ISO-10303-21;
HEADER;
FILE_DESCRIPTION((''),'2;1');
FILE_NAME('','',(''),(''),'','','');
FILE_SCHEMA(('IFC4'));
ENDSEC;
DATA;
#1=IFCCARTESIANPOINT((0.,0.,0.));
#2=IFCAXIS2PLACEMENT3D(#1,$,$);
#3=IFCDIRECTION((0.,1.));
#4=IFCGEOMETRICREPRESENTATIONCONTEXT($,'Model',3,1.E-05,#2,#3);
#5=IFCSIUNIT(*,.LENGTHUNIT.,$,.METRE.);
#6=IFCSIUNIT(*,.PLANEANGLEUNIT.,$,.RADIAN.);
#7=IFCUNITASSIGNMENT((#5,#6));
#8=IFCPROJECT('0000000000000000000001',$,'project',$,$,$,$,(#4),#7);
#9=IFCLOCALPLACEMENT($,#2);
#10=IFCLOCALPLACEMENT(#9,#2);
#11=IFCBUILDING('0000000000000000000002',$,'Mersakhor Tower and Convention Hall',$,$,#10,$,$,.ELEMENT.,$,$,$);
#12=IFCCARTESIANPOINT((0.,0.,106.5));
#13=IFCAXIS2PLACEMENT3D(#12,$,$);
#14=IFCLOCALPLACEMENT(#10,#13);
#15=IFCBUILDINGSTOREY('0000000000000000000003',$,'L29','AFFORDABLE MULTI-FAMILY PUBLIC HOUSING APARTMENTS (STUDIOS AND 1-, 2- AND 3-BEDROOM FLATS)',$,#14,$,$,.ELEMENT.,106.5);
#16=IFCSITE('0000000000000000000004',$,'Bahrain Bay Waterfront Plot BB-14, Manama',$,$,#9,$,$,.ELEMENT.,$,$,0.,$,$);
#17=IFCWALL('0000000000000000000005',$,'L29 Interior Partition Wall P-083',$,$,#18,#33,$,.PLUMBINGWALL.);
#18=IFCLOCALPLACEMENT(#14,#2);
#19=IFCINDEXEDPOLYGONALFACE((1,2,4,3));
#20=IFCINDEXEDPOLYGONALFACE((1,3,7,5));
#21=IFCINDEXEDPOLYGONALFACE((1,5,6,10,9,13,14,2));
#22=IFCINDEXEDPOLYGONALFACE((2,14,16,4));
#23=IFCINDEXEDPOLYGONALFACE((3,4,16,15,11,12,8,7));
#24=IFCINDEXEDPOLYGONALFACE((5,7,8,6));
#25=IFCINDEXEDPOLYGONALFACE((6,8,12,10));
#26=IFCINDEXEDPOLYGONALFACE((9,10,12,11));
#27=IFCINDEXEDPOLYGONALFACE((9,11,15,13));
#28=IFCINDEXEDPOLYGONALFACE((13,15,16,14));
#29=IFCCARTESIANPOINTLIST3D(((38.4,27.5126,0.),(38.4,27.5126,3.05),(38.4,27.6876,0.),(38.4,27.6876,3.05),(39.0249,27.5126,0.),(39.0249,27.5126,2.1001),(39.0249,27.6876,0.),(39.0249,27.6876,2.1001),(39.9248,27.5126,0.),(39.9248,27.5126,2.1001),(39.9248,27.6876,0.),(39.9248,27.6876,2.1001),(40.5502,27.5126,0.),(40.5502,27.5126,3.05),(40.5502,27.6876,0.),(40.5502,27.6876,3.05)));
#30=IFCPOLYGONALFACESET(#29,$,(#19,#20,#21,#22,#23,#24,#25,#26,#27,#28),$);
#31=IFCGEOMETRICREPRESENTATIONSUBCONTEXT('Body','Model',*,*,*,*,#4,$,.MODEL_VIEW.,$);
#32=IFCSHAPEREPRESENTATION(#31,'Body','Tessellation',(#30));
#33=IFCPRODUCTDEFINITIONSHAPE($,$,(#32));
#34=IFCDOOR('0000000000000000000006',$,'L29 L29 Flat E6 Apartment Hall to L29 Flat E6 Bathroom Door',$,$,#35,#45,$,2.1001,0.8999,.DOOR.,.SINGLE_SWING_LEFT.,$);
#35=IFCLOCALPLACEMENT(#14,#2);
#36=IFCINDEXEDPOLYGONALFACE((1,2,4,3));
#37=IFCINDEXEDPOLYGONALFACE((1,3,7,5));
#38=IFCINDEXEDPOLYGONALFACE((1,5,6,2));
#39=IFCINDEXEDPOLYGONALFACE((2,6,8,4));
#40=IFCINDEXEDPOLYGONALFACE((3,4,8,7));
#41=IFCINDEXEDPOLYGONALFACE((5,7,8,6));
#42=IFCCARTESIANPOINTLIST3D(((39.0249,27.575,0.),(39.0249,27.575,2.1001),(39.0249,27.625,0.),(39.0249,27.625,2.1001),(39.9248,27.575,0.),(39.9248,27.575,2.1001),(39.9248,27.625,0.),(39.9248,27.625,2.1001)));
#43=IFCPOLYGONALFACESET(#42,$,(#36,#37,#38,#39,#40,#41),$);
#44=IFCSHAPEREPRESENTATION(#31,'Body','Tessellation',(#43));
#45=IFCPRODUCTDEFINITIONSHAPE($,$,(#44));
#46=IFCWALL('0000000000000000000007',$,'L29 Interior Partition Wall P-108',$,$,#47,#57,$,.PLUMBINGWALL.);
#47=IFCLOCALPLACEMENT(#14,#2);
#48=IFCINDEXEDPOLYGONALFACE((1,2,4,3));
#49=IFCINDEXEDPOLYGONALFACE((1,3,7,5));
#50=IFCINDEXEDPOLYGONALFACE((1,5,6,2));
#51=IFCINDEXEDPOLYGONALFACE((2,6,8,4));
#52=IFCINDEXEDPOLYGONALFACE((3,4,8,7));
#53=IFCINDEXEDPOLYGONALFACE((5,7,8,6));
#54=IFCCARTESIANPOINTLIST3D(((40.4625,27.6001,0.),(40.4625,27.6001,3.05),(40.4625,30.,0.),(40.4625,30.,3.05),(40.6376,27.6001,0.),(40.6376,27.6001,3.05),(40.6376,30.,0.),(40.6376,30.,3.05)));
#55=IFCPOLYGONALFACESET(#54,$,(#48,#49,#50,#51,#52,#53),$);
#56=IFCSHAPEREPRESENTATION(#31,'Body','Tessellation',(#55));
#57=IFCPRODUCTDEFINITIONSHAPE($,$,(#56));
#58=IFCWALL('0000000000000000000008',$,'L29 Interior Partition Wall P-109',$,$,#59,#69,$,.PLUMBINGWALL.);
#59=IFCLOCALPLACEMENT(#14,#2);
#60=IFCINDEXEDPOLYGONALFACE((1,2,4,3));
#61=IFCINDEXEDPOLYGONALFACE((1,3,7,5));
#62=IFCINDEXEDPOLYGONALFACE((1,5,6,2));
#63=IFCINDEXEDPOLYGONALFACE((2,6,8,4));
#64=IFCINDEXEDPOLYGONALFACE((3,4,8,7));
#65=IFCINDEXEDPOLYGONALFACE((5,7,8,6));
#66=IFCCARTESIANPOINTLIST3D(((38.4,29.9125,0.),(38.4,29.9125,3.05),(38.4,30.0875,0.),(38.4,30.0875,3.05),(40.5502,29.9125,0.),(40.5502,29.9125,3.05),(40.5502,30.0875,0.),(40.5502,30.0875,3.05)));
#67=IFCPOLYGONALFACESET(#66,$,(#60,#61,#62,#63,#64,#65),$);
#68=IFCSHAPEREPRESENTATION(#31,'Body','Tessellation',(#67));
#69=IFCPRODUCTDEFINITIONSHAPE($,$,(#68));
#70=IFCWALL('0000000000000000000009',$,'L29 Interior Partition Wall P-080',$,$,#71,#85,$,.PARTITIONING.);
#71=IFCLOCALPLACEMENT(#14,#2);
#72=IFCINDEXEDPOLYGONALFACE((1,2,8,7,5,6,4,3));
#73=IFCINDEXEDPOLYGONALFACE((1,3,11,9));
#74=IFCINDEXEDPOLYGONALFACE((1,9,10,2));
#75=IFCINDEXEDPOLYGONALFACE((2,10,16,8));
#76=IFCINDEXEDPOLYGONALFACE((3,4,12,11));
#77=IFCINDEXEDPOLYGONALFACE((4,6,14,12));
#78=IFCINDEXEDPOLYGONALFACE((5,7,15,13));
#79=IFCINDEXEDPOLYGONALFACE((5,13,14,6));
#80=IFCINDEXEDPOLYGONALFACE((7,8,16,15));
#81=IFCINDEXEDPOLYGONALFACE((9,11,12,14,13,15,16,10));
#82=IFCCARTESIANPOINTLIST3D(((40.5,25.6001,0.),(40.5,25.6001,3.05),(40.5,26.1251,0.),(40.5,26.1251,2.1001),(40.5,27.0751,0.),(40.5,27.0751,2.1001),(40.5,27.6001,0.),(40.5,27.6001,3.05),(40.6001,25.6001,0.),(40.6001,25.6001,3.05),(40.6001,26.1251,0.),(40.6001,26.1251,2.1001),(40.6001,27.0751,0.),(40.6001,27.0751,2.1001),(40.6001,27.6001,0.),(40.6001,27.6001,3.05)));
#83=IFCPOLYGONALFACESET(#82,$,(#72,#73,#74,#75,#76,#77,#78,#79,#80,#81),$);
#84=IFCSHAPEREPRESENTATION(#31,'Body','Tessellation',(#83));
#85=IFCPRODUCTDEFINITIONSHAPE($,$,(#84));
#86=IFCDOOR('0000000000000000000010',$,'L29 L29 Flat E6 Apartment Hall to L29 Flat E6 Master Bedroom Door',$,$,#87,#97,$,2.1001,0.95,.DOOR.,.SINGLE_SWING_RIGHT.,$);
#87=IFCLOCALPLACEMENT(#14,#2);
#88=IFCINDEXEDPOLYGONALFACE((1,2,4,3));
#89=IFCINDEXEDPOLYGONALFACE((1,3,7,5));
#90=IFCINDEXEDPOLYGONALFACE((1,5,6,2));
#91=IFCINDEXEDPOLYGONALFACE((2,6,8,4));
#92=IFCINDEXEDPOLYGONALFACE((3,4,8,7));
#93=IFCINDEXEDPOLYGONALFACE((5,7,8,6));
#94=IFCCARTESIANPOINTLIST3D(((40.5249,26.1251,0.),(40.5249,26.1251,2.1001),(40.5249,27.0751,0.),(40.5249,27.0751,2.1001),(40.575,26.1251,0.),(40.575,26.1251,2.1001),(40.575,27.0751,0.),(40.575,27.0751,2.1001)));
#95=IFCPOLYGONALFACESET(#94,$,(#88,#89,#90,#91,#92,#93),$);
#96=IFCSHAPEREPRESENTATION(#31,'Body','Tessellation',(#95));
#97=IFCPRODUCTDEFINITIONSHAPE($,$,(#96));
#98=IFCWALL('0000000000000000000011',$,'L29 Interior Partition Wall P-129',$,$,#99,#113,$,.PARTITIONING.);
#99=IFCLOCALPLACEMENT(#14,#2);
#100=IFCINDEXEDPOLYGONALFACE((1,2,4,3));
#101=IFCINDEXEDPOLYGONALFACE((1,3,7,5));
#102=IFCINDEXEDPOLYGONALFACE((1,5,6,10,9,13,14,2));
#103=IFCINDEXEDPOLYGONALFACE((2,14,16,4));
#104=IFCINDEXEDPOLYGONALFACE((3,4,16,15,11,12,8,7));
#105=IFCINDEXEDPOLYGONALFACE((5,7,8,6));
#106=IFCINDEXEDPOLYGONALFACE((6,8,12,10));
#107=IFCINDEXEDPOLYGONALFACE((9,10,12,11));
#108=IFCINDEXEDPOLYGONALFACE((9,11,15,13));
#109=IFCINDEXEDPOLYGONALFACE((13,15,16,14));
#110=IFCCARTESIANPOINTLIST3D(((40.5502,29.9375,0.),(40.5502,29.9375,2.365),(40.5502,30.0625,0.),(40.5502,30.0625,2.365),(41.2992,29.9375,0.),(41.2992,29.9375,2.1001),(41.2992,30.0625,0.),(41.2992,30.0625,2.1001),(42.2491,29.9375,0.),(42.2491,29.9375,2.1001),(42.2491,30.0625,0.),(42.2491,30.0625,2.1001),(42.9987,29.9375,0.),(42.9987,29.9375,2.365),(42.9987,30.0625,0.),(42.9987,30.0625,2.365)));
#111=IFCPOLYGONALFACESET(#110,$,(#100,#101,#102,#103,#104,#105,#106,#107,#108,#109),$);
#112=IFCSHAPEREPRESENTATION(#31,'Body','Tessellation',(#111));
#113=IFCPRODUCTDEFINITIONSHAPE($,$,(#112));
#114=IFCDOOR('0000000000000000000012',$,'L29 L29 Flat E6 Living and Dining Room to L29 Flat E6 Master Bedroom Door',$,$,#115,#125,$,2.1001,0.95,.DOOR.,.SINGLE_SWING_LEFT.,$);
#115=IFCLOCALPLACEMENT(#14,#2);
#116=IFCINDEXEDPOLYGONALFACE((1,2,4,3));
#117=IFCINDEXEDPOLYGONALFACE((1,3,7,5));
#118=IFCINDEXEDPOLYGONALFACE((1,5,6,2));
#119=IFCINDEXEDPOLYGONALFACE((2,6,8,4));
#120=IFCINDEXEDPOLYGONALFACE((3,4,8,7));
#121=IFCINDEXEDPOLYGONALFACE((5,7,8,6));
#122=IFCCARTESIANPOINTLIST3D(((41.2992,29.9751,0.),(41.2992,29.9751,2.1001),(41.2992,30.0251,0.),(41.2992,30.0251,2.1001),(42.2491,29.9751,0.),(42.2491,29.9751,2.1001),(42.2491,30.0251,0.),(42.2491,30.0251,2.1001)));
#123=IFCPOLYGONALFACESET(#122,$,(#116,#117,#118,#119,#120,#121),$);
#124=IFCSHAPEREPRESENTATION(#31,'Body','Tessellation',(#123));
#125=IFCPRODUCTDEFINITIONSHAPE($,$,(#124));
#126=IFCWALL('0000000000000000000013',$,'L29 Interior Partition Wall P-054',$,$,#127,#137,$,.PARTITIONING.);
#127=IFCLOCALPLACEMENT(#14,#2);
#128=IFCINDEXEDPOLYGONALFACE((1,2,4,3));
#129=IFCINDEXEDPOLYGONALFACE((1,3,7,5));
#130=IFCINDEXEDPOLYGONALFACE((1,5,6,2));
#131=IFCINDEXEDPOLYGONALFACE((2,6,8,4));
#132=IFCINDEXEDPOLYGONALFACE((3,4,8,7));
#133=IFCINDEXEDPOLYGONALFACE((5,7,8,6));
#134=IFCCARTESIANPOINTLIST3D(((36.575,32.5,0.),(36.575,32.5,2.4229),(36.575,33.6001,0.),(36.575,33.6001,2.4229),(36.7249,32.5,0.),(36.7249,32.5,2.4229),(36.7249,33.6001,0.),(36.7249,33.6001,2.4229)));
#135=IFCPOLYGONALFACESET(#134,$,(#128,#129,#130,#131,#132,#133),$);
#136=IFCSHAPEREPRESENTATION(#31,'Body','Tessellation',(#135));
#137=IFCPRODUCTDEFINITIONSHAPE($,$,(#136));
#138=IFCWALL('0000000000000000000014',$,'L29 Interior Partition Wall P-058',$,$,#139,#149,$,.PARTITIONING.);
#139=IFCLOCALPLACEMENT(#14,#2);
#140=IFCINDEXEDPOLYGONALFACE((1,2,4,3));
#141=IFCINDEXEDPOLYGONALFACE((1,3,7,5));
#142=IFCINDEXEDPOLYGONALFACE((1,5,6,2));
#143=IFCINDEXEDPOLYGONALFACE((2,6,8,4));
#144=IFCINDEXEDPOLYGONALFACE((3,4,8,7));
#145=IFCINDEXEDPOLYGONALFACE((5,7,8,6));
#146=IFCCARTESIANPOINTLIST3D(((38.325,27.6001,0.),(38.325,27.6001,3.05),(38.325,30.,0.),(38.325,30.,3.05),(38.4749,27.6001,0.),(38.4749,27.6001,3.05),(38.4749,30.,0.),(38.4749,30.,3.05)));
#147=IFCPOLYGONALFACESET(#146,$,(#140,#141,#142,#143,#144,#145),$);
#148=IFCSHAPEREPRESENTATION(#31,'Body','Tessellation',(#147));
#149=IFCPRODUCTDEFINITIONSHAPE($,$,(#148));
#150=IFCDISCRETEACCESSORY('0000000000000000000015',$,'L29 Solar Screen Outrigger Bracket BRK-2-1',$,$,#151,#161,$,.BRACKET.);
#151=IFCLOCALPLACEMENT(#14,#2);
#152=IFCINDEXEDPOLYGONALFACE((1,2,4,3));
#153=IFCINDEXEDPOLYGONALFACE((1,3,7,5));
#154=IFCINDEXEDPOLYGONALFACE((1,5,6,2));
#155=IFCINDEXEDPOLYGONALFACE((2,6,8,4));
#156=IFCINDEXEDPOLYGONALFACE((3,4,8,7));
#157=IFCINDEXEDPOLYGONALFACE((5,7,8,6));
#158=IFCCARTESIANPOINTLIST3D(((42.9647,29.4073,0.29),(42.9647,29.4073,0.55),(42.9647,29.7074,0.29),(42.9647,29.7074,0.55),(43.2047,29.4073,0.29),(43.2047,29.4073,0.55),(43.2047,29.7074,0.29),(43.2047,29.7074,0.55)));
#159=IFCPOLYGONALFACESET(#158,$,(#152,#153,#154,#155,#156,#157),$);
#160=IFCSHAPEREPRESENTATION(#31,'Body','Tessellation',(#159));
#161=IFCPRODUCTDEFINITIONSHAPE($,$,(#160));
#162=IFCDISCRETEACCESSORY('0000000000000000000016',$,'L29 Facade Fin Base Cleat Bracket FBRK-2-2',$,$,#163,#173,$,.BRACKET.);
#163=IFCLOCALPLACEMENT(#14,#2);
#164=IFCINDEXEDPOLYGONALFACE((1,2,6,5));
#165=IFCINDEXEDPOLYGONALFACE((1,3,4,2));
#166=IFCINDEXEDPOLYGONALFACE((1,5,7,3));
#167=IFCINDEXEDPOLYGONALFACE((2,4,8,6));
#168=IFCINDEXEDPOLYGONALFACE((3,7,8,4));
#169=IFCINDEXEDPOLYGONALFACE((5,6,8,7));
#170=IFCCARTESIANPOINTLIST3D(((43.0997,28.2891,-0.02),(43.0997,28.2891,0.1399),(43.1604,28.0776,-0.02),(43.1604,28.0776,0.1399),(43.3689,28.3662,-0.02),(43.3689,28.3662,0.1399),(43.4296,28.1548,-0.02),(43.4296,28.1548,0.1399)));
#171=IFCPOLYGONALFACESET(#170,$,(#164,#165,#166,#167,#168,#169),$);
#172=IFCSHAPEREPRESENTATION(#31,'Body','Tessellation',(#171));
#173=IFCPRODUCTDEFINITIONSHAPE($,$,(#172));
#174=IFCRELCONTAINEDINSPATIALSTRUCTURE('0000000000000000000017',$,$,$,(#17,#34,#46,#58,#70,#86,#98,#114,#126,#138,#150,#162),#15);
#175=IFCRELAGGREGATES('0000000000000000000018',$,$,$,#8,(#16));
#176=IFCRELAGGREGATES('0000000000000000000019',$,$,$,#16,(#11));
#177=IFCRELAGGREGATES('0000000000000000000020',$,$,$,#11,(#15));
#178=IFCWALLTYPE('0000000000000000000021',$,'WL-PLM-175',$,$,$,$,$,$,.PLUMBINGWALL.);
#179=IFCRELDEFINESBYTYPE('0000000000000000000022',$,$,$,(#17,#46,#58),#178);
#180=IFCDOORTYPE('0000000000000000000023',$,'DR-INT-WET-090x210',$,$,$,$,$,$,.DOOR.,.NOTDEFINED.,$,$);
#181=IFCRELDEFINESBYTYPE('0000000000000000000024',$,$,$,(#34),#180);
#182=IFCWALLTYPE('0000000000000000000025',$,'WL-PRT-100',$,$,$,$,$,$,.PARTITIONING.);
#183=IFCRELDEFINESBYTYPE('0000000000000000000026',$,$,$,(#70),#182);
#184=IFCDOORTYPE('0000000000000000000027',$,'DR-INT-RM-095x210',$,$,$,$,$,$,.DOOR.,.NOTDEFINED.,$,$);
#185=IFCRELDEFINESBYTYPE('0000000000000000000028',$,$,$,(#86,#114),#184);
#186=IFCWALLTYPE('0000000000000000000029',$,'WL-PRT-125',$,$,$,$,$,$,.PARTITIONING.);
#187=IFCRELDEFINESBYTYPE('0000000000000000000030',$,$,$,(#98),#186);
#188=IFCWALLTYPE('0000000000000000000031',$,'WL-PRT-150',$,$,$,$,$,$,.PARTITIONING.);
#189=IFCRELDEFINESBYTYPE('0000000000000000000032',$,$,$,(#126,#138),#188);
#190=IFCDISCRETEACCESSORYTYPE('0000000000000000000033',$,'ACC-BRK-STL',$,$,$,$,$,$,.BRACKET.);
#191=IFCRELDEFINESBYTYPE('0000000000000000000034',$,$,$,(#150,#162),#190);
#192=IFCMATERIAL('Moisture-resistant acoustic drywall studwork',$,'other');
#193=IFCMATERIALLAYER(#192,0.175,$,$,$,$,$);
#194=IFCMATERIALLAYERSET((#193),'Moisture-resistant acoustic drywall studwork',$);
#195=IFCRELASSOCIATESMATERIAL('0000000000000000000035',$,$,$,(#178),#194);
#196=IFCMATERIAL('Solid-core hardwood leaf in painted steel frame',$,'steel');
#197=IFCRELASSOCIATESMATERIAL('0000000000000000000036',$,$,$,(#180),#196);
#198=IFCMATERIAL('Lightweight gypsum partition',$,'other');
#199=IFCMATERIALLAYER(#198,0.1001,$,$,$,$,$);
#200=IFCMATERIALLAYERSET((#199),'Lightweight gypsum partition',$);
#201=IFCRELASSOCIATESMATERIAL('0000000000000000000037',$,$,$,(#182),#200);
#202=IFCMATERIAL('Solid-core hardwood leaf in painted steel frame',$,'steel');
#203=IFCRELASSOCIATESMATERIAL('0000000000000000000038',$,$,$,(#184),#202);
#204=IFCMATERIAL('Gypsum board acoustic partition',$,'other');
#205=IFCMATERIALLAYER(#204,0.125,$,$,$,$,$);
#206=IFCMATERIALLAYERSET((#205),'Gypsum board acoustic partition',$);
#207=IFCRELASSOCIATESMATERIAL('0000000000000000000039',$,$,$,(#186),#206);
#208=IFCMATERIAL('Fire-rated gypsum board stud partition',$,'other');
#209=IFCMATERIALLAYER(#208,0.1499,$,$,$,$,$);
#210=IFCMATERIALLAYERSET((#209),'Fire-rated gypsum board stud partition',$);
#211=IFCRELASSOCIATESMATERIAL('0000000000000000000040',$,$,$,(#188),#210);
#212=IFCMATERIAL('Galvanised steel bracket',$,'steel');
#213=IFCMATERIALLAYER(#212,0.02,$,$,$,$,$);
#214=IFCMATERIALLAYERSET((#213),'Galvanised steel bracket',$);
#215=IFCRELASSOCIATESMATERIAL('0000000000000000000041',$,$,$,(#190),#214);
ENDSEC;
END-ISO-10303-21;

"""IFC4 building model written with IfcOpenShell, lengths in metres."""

from ifc_helpers import new_model, si_unit, direction, frame, frame_2d, origin, origin_2d, place, context, subcontext, project, spatial, rectangle, extrude, material, layer, layer_set, type_object, element, fill, save


model = new_model("IFC4")

# Units and contexts
model_context = context("Model", 3, precision=1e-05, world=origin(), true_north=direction((0.0, 1.0)))
body_context = subcontext(model_context, "Body", "Model", "MODEL_VIEW")
ifc_project = project(units=[si_unit("LENGTHUNIT", "METRE"), si_unit("PLANEANGLEUNIT", "RADIAN")], contexts=[model_context])

# Site, building, storey
site_placement = place(None, origin())
site = spatial("IfcSite", under=ifc_project, at=site_placement, Name="Bahrain Bay Waterfront Plot BB-14, Manama", CompositionType="ELEMENT", RefElevation=0.0)
building_placement = place(site_placement, origin())
building = spatial("IfcBuilding", under=site, at=building_placement, Name="Mersakhor Tower and Convention Hall", CompositionType="ELEMENT")
storey_placement = place(building_placement, frame((0.0, 0.0, 106.5)))
storey = spatial("IfcBuildingStorey", under=building, at=storey_placement, Name="L29", Description="AFFORDABLE MULTI-FAMILY PUBLIC HOUSING APARTMENTS (STUDIOS AND 1-, 2- AND 3-BEDROOM FLATS)", CompositionType="ELEMENT", Elevation=106.5)

# Wall, opening, door
ifc_material_1 = material(Name="Moisture-resistant acoustic drywall studwork", Category="other")
ifc_layer_1 = layer(ifc_material_1, 0.175)
ifc_layer_set_1 = layer_set([ifc_layer_1], Name="Moisture-resistant acoustic drywall studwork")
wall_type_1 = type_object("IfcWallType", Name="WL-PLM-175", PredefinedType="PLUMBINGWALL", material=ifc_layer_set_1)
wall_1_placement = place(storey_placement, frame((38.3999, 27.6001, 0.0), z_axis=(0.0, 0.0, 1.0), x_axis=(1.0, 0.0, 0.0)))
wall_1 = element("IfcWall", 1, at=wall_1_placement, inside=storey, type_object=wall_type_1, Name="L29 Interior Partition Wall P-083", PredefinedType="PLUMBINGWALL", context=body_context, shape_type="SweptSolid", body=[
    extrude(rectangle(XDim=2.1501, YDim=0.175, at=frame_2d((1.0752, 0.0))), origin(), (0.0, 0.0, 1.0), 3.05),
])
opening_1_placement = place(wall_1_placement, frame((0.625, 0.0, 0.0)))
opening_1 = element("IfcOpeningElement", 2, at=opening_1_placement, cuts=wall_1, PredefinedType="OPENING", context=body_context, shape_type="SweptSolid", body=[
    extrude(rectangle(XDim=0.8999, YDim=2.1001, at=frame_2d((0.45, 1.05))), frame((0.0, 0.0974, 0.0), z_axis=(0.0, -1.0, 0.0), x_axis=(1.0, 0.0, 0.0)), (0.0, 0.0, 1.0), 0.1951),
])
ifc_material_2 = material(Name="Solid-core hardwood leaf in painted steel frame", Category="steel")
door_type_1 = type_object("IfcDoorType", Name="DR-INT-WET-090x210", OperationType="NOTDEFINED", PredefinedType="DOOR", material=ifc_material_2)
door_1_placement = place(opening_1_placement, origin())
door_1 = element("IfcDoor", 3, at=door_1_placement, inside=storey, type_object=door_type_1, Name="L29 L29 Flat E6 Apartment Hall to L29 Flat E6 Bathroom Door", OperationType="SINGLE_SWING_LEFT", OverallHeight=2.1001, OverallWidth=0.8999, PredefinedType="DOOR", context=body_context, shape_type="SweptSolid", body=[
    extrude(rectangle(XDim=0.8999, YDim=2.1001, at=frame_2d((0.45, 1.05))), frame((0.0, 0.0249, 0.0), z_axis=(0.0, -1.0, 0.0), x_axis=(1.0, 0.0, 0.0)), (0.0, 0.0, 1.0), 0.05),
])
fill(opening_1, door_1)

# Walls
wall_2_placement = place(storey_placement, frame((40.55, 30.0, 0.0), z_axis=(0.0, 0.0, 1.0), x_axis=(0.0, -1.0, 0.0)))
element("IfcWall", 4, at=wall_2_placement, inside=storey, type_object=wall_type_1, Name="L29 Interior Partition Wall P-108", PredefinedType="PLUMBINGWALL", context=body_context, shape_type="SweptSolid", body=[
    extrude(rectangle(XDim=2.3999, YDim=0.175, at=frame_2d((1.2, 0.0))), origin(), (0.0, 0.0, 1.0), 3.05),
])
wall_3_placement = place(storey_placement, frame((38.3999, 30.0, 0.0), z_axis=(0.0, 0.0, 1.0), x_axis=(1.0, 0.0, 0.0)))
element("IfcWall", 5, at=wall_3_placement, inside=storey, type_object=wall_type_1, Name="L29 Interior Partition Wall P-109", PredefinedType="PLUMBINGWALL", context=body_context, shape_type="SweptSolid", body=[
    extrude(rectangle(XDim=2.1501, YDim=0.175, at=frame_2d((1.0752, 0.0))), origin(), (0.0, 0.0, 1.0), 3.05),
])

# Walls, openings, doors
ifc_material_3 = material(Name="Lightweight gypsum partition", Category="other")
ifc_layer_2 = layer(ifc_material_3, 0.1001)
ifc_layer_set_2 = layer_set([ifc_layer_2], Name="Lightweight gypsum partition")
wall_type_2 = type_object("IfcWallType", Name="WL-PRT-100", PredefinedType="PARTITIONING", material=ifc_layer_set_2)
wall_4_placement = place(storey_placement, frame((40.55, 27.6001, 0.0), z_axis=(0.0, 0.0, 1.0), x_axis=(0.0, -1.0, 0.0)))
wall_4 = element("IfcWall", 6, at=wall_4_placement, inside=storey, type_object=wall_type_2, Name="L29 Interior Partition Wall P-080", PredefinedType="PARTITIONING", context=body_context, shape_type="SweptSolid", body=[
    extrude(rectangle(XDim=2.0, YDim=0.1001, at=frame_2d((1.0, 0.0))), origin(), (0.0, 0.0, 1.0), 3.05),
])
opening_2_placement = place(wall_4_placement, frame((0.5249, 0.0, 0.0)))
opening_2 = element("IfcOpeningElement", 7, at=opening_2_placement, cuts=wall_4, PredefinedType="OPENING", context=body_context, shape_type="SweptSolid", body=[
    extrude(rectangle(XDim=0.95, YDim=2.1001, at=frame_2d((0.4751, 1.05))), frame((0.0, 0.0601, 0.0), z_axis=(0.0, -1.0, 0.0), x_axis=(1.0, 0.0, 0.0)), (0.0, 0.0, 1.0), 0.1201),
])
ifc_material_4 = material(Name="Solid-core hardwood leaf in painted steel frame", Category="steel")
door_type_2 = type_object("IfcDoorType", Name="DR-INT-RM-095x210", OperationType="NOTDEFINED", PredefinedType="DOOR", material=ifc_material_4)
door_2_placement = place(opening_2_placement, origin())
door_2 = element("IfcDoor", 8, at=door_2_placement, inside=storey, type_object=door_type_2, Name="L29 L29 Flat E6 Apartment Hall to L29 Flat E6 Master Bedroom Door", OperationType="SINGLE_SWING_RIGHT", OverallHeight=2.1001, OverallWidth=0.95, PredefinedType="DOOR", context=body_context, shape_type="SweptSolid", body=[
    extrude(rectangle(XDim=0.95, YDim=2.1001, at=frame_2d((0.4751, 1.05))), frame((0.0, 0.0249, 0.0), z_axis=(0.0, -1.0, 0.0), x_axis=(1.0, 0.0, 0.0)), (0.0, 0.0, 1.0), 0.05),
])
fill(opening_2, door_2)
ifc_material_5 = material(Name="Gypsum board acoustic partition", Category="other")
ifc_layer_3 = layer(ifc_material_5, 0.125)
ifc_layer_set_3 = layer_set([ifc_layer_3], Name="Gypsum board acoustic partition")
wall_type_3 = type_object("IfcWallType", Name="WL-PRT-125", PredefinedType="PARTITIONING", material=ifc_layer_set_3)
wall_5_placement = place(storey_placement, frame((42.9985, 30.0, 0.0), z_axis=(0.0, 0.0, 1.0), x_axis=(-1.0, 0.0, 0.0)))
wall_5 = element("IfcWall", 9, at=wall_5_placement, inside=storey, type_object=wall_type_3, Name="L29 Interior Partition Wall P-129", PredefinedType="PARTITIONING", context=body_context, shape_type="SweptSolid", body=[
    extrude(rectangle(XDim=2.4485, YDim=0.125, at=frame_2d((1.2241, 0.0))), origin(), (0.0, 0.0, 1.0), 2.365),
])
opening_3_placement = place(wall_5_placement, frame((0.7493, 0.0, 0.0)))
opening_3 = element("IfcOpeningElement", 10, at=opening_3_placement, cuts=wall_5, PredefinedType="OPENING", context=body_context, shape_type="SweptSolid", body=[
    extrude(rectangle(XDim=0.95, YDim=2.1001, at=frame_2d((0.4751, 1.05))), frame((0.0, 0.0725, 0.0), z_axis=(0.0, -1.0, 0.0), x_axis=(1.0, 0.0, 0.0)), (0.0, 0.0, 1.0), 0.145),
])
door_3_placement = place(opening_3_placement, origin())
door_3 = element("IfcDoor", 11, at=door_3_placement, inside=storey, type_object=door_type_2, Name="L29 L29 Flat E6 Living and Dining Room to L29 Flat E6 Master Bedroom Door", OperationType="SINGLE_SWING_LEFT", OverallHeight=2.1001, OverallWidth=0.95, PredefinedType="DOOR", context=body_context, shape_type="SweptSolid", body=[
    extrude(rectangle(XDim=0.95, YDim=2.1001, at=frame_2d((0.4751, 1.05))), frame((0.0, 0.0249, 0.0), z_axis=(0.0, -1.0, 0.0), x_axis=(1.0, 0.0, 0.0)), (0.0, 0.0, 1.0), 0.05),
])
fill(opening_3, door_3)

# Walls
ifc_material_6 = material(Name="Fire-rated gypsum board stud partition", Category="other")
ifc_layer_4 = layer(ifc_material_6, 0.1499)
ifc_layer_set_4 = layer_set([ifc_layer_4], Name="Fire-rated gypsum board stud partition")
wall_type_4 = type_object("IfcWallType", Name="WL-PRT-150", PredefinedType="PARTITIONING", material=ifc_layer_set_4)
wall_6_placement = place(storey_placement, frame((36.6499, 32.5, 0.0), z_axis=(0.0, 0.0, 1.0), x_axis=(0.0, 1.0, 0.0)))
element("IfcWall", 12, at=wall_6_placement, inside=storey, type_object=wall_type_4, Name="L29 Interior Partition Wall P-054", PredefinedType="PARTITIONING", context=body_context, shape_type="SweptSolid", body=[
    extrude(rectangle(XDim=1.1001, YDim=0.1499, at=frame_2d((0.55, 0.0))), origin(), (0.0, 0.0, 1.0), 2.4229),
])
wall_7_placement = place(storey_placement, frame((38.3999, 30.0, 0.0), z_axis=(0.0, 0.0, 1.0), x_axis=(0.0, -1.0, 0.0)))
element("IfcWall", 13, at=wall_7_placement, inside=storey, type_object=wall_type_4, Name="L29 Interior Partition Wall P-058", PredefinedType="PARTITIONING", context=body_context, shape_type="SweptSolid", body=[
    extrude(rectangle(XDim=2.3999, YDim=0.1499, at=frame_2d((1.2, 0.0))), origin(), (0.0, 0.0, 1.0), 3.05),
])

# Discrete accessories
ifc_material_7 = material(Name="Galvanised steel bracket", Category="steel")
ifc_layer_5 = layer(ifc_material_7, 0.02)
ifc_layer_set_5 = layer_set([ifc_layer_5], Name="Galvanised steel bracket")
discrete_accessory_type = type_object("IfcDiscreteAccessoryType", Name="ACC-BRK-STL", PredefinedType="BRACKET", material=ifc_layer_set_5)
discrete_accessory_1_placement = place(storey_placement, frame((43.0847, 29.5574, 0.29), z_axis=(0.0, 0.0, 1.0), x_axis=(0.0, -1.0, 0.0)))
element("IfcDiscreteAccessory", 14, at=discrete_accessory_1_placement, inside=storey, type_object=discrete_accessory_type, Name="L29 Solar Screen Outrigger Bracket BRK-2-1", PredefinedType="BRACKET", context=body_context, shape_type="SweptSolid", body=[
    extrude(rectangle(XDim=0.3, YDim=0.24, at=origin_2d()), origin(), (0.0, 0.0, 1.0), 0.26),
])
discrete_accessory_2_placement = place(storey_placement, frame((43.2646, 28.2219, -0.02), z_axis=(0.0, 0.0, 1.0), x_axis=(0.961262, 0.275637, 0.0)))
element("IfcDiscreteAccessory", 15, at=discrete_accessory_2_placement, inside=storey, type_object=discrete_accessory_type, Name="L29 Facade Fin Base Cleat Bracket FBRK-2-2", PredefinedType="BRACKET", context=body_context, shape_type="SweptSolid", body=[
    extrude(rectangle(XDim=0.28, YDim=0.22, at=origin_2d()), origin(), (0.0, 0.0, 1.0), 0.1599),
])

save(model, "model.ifc")
